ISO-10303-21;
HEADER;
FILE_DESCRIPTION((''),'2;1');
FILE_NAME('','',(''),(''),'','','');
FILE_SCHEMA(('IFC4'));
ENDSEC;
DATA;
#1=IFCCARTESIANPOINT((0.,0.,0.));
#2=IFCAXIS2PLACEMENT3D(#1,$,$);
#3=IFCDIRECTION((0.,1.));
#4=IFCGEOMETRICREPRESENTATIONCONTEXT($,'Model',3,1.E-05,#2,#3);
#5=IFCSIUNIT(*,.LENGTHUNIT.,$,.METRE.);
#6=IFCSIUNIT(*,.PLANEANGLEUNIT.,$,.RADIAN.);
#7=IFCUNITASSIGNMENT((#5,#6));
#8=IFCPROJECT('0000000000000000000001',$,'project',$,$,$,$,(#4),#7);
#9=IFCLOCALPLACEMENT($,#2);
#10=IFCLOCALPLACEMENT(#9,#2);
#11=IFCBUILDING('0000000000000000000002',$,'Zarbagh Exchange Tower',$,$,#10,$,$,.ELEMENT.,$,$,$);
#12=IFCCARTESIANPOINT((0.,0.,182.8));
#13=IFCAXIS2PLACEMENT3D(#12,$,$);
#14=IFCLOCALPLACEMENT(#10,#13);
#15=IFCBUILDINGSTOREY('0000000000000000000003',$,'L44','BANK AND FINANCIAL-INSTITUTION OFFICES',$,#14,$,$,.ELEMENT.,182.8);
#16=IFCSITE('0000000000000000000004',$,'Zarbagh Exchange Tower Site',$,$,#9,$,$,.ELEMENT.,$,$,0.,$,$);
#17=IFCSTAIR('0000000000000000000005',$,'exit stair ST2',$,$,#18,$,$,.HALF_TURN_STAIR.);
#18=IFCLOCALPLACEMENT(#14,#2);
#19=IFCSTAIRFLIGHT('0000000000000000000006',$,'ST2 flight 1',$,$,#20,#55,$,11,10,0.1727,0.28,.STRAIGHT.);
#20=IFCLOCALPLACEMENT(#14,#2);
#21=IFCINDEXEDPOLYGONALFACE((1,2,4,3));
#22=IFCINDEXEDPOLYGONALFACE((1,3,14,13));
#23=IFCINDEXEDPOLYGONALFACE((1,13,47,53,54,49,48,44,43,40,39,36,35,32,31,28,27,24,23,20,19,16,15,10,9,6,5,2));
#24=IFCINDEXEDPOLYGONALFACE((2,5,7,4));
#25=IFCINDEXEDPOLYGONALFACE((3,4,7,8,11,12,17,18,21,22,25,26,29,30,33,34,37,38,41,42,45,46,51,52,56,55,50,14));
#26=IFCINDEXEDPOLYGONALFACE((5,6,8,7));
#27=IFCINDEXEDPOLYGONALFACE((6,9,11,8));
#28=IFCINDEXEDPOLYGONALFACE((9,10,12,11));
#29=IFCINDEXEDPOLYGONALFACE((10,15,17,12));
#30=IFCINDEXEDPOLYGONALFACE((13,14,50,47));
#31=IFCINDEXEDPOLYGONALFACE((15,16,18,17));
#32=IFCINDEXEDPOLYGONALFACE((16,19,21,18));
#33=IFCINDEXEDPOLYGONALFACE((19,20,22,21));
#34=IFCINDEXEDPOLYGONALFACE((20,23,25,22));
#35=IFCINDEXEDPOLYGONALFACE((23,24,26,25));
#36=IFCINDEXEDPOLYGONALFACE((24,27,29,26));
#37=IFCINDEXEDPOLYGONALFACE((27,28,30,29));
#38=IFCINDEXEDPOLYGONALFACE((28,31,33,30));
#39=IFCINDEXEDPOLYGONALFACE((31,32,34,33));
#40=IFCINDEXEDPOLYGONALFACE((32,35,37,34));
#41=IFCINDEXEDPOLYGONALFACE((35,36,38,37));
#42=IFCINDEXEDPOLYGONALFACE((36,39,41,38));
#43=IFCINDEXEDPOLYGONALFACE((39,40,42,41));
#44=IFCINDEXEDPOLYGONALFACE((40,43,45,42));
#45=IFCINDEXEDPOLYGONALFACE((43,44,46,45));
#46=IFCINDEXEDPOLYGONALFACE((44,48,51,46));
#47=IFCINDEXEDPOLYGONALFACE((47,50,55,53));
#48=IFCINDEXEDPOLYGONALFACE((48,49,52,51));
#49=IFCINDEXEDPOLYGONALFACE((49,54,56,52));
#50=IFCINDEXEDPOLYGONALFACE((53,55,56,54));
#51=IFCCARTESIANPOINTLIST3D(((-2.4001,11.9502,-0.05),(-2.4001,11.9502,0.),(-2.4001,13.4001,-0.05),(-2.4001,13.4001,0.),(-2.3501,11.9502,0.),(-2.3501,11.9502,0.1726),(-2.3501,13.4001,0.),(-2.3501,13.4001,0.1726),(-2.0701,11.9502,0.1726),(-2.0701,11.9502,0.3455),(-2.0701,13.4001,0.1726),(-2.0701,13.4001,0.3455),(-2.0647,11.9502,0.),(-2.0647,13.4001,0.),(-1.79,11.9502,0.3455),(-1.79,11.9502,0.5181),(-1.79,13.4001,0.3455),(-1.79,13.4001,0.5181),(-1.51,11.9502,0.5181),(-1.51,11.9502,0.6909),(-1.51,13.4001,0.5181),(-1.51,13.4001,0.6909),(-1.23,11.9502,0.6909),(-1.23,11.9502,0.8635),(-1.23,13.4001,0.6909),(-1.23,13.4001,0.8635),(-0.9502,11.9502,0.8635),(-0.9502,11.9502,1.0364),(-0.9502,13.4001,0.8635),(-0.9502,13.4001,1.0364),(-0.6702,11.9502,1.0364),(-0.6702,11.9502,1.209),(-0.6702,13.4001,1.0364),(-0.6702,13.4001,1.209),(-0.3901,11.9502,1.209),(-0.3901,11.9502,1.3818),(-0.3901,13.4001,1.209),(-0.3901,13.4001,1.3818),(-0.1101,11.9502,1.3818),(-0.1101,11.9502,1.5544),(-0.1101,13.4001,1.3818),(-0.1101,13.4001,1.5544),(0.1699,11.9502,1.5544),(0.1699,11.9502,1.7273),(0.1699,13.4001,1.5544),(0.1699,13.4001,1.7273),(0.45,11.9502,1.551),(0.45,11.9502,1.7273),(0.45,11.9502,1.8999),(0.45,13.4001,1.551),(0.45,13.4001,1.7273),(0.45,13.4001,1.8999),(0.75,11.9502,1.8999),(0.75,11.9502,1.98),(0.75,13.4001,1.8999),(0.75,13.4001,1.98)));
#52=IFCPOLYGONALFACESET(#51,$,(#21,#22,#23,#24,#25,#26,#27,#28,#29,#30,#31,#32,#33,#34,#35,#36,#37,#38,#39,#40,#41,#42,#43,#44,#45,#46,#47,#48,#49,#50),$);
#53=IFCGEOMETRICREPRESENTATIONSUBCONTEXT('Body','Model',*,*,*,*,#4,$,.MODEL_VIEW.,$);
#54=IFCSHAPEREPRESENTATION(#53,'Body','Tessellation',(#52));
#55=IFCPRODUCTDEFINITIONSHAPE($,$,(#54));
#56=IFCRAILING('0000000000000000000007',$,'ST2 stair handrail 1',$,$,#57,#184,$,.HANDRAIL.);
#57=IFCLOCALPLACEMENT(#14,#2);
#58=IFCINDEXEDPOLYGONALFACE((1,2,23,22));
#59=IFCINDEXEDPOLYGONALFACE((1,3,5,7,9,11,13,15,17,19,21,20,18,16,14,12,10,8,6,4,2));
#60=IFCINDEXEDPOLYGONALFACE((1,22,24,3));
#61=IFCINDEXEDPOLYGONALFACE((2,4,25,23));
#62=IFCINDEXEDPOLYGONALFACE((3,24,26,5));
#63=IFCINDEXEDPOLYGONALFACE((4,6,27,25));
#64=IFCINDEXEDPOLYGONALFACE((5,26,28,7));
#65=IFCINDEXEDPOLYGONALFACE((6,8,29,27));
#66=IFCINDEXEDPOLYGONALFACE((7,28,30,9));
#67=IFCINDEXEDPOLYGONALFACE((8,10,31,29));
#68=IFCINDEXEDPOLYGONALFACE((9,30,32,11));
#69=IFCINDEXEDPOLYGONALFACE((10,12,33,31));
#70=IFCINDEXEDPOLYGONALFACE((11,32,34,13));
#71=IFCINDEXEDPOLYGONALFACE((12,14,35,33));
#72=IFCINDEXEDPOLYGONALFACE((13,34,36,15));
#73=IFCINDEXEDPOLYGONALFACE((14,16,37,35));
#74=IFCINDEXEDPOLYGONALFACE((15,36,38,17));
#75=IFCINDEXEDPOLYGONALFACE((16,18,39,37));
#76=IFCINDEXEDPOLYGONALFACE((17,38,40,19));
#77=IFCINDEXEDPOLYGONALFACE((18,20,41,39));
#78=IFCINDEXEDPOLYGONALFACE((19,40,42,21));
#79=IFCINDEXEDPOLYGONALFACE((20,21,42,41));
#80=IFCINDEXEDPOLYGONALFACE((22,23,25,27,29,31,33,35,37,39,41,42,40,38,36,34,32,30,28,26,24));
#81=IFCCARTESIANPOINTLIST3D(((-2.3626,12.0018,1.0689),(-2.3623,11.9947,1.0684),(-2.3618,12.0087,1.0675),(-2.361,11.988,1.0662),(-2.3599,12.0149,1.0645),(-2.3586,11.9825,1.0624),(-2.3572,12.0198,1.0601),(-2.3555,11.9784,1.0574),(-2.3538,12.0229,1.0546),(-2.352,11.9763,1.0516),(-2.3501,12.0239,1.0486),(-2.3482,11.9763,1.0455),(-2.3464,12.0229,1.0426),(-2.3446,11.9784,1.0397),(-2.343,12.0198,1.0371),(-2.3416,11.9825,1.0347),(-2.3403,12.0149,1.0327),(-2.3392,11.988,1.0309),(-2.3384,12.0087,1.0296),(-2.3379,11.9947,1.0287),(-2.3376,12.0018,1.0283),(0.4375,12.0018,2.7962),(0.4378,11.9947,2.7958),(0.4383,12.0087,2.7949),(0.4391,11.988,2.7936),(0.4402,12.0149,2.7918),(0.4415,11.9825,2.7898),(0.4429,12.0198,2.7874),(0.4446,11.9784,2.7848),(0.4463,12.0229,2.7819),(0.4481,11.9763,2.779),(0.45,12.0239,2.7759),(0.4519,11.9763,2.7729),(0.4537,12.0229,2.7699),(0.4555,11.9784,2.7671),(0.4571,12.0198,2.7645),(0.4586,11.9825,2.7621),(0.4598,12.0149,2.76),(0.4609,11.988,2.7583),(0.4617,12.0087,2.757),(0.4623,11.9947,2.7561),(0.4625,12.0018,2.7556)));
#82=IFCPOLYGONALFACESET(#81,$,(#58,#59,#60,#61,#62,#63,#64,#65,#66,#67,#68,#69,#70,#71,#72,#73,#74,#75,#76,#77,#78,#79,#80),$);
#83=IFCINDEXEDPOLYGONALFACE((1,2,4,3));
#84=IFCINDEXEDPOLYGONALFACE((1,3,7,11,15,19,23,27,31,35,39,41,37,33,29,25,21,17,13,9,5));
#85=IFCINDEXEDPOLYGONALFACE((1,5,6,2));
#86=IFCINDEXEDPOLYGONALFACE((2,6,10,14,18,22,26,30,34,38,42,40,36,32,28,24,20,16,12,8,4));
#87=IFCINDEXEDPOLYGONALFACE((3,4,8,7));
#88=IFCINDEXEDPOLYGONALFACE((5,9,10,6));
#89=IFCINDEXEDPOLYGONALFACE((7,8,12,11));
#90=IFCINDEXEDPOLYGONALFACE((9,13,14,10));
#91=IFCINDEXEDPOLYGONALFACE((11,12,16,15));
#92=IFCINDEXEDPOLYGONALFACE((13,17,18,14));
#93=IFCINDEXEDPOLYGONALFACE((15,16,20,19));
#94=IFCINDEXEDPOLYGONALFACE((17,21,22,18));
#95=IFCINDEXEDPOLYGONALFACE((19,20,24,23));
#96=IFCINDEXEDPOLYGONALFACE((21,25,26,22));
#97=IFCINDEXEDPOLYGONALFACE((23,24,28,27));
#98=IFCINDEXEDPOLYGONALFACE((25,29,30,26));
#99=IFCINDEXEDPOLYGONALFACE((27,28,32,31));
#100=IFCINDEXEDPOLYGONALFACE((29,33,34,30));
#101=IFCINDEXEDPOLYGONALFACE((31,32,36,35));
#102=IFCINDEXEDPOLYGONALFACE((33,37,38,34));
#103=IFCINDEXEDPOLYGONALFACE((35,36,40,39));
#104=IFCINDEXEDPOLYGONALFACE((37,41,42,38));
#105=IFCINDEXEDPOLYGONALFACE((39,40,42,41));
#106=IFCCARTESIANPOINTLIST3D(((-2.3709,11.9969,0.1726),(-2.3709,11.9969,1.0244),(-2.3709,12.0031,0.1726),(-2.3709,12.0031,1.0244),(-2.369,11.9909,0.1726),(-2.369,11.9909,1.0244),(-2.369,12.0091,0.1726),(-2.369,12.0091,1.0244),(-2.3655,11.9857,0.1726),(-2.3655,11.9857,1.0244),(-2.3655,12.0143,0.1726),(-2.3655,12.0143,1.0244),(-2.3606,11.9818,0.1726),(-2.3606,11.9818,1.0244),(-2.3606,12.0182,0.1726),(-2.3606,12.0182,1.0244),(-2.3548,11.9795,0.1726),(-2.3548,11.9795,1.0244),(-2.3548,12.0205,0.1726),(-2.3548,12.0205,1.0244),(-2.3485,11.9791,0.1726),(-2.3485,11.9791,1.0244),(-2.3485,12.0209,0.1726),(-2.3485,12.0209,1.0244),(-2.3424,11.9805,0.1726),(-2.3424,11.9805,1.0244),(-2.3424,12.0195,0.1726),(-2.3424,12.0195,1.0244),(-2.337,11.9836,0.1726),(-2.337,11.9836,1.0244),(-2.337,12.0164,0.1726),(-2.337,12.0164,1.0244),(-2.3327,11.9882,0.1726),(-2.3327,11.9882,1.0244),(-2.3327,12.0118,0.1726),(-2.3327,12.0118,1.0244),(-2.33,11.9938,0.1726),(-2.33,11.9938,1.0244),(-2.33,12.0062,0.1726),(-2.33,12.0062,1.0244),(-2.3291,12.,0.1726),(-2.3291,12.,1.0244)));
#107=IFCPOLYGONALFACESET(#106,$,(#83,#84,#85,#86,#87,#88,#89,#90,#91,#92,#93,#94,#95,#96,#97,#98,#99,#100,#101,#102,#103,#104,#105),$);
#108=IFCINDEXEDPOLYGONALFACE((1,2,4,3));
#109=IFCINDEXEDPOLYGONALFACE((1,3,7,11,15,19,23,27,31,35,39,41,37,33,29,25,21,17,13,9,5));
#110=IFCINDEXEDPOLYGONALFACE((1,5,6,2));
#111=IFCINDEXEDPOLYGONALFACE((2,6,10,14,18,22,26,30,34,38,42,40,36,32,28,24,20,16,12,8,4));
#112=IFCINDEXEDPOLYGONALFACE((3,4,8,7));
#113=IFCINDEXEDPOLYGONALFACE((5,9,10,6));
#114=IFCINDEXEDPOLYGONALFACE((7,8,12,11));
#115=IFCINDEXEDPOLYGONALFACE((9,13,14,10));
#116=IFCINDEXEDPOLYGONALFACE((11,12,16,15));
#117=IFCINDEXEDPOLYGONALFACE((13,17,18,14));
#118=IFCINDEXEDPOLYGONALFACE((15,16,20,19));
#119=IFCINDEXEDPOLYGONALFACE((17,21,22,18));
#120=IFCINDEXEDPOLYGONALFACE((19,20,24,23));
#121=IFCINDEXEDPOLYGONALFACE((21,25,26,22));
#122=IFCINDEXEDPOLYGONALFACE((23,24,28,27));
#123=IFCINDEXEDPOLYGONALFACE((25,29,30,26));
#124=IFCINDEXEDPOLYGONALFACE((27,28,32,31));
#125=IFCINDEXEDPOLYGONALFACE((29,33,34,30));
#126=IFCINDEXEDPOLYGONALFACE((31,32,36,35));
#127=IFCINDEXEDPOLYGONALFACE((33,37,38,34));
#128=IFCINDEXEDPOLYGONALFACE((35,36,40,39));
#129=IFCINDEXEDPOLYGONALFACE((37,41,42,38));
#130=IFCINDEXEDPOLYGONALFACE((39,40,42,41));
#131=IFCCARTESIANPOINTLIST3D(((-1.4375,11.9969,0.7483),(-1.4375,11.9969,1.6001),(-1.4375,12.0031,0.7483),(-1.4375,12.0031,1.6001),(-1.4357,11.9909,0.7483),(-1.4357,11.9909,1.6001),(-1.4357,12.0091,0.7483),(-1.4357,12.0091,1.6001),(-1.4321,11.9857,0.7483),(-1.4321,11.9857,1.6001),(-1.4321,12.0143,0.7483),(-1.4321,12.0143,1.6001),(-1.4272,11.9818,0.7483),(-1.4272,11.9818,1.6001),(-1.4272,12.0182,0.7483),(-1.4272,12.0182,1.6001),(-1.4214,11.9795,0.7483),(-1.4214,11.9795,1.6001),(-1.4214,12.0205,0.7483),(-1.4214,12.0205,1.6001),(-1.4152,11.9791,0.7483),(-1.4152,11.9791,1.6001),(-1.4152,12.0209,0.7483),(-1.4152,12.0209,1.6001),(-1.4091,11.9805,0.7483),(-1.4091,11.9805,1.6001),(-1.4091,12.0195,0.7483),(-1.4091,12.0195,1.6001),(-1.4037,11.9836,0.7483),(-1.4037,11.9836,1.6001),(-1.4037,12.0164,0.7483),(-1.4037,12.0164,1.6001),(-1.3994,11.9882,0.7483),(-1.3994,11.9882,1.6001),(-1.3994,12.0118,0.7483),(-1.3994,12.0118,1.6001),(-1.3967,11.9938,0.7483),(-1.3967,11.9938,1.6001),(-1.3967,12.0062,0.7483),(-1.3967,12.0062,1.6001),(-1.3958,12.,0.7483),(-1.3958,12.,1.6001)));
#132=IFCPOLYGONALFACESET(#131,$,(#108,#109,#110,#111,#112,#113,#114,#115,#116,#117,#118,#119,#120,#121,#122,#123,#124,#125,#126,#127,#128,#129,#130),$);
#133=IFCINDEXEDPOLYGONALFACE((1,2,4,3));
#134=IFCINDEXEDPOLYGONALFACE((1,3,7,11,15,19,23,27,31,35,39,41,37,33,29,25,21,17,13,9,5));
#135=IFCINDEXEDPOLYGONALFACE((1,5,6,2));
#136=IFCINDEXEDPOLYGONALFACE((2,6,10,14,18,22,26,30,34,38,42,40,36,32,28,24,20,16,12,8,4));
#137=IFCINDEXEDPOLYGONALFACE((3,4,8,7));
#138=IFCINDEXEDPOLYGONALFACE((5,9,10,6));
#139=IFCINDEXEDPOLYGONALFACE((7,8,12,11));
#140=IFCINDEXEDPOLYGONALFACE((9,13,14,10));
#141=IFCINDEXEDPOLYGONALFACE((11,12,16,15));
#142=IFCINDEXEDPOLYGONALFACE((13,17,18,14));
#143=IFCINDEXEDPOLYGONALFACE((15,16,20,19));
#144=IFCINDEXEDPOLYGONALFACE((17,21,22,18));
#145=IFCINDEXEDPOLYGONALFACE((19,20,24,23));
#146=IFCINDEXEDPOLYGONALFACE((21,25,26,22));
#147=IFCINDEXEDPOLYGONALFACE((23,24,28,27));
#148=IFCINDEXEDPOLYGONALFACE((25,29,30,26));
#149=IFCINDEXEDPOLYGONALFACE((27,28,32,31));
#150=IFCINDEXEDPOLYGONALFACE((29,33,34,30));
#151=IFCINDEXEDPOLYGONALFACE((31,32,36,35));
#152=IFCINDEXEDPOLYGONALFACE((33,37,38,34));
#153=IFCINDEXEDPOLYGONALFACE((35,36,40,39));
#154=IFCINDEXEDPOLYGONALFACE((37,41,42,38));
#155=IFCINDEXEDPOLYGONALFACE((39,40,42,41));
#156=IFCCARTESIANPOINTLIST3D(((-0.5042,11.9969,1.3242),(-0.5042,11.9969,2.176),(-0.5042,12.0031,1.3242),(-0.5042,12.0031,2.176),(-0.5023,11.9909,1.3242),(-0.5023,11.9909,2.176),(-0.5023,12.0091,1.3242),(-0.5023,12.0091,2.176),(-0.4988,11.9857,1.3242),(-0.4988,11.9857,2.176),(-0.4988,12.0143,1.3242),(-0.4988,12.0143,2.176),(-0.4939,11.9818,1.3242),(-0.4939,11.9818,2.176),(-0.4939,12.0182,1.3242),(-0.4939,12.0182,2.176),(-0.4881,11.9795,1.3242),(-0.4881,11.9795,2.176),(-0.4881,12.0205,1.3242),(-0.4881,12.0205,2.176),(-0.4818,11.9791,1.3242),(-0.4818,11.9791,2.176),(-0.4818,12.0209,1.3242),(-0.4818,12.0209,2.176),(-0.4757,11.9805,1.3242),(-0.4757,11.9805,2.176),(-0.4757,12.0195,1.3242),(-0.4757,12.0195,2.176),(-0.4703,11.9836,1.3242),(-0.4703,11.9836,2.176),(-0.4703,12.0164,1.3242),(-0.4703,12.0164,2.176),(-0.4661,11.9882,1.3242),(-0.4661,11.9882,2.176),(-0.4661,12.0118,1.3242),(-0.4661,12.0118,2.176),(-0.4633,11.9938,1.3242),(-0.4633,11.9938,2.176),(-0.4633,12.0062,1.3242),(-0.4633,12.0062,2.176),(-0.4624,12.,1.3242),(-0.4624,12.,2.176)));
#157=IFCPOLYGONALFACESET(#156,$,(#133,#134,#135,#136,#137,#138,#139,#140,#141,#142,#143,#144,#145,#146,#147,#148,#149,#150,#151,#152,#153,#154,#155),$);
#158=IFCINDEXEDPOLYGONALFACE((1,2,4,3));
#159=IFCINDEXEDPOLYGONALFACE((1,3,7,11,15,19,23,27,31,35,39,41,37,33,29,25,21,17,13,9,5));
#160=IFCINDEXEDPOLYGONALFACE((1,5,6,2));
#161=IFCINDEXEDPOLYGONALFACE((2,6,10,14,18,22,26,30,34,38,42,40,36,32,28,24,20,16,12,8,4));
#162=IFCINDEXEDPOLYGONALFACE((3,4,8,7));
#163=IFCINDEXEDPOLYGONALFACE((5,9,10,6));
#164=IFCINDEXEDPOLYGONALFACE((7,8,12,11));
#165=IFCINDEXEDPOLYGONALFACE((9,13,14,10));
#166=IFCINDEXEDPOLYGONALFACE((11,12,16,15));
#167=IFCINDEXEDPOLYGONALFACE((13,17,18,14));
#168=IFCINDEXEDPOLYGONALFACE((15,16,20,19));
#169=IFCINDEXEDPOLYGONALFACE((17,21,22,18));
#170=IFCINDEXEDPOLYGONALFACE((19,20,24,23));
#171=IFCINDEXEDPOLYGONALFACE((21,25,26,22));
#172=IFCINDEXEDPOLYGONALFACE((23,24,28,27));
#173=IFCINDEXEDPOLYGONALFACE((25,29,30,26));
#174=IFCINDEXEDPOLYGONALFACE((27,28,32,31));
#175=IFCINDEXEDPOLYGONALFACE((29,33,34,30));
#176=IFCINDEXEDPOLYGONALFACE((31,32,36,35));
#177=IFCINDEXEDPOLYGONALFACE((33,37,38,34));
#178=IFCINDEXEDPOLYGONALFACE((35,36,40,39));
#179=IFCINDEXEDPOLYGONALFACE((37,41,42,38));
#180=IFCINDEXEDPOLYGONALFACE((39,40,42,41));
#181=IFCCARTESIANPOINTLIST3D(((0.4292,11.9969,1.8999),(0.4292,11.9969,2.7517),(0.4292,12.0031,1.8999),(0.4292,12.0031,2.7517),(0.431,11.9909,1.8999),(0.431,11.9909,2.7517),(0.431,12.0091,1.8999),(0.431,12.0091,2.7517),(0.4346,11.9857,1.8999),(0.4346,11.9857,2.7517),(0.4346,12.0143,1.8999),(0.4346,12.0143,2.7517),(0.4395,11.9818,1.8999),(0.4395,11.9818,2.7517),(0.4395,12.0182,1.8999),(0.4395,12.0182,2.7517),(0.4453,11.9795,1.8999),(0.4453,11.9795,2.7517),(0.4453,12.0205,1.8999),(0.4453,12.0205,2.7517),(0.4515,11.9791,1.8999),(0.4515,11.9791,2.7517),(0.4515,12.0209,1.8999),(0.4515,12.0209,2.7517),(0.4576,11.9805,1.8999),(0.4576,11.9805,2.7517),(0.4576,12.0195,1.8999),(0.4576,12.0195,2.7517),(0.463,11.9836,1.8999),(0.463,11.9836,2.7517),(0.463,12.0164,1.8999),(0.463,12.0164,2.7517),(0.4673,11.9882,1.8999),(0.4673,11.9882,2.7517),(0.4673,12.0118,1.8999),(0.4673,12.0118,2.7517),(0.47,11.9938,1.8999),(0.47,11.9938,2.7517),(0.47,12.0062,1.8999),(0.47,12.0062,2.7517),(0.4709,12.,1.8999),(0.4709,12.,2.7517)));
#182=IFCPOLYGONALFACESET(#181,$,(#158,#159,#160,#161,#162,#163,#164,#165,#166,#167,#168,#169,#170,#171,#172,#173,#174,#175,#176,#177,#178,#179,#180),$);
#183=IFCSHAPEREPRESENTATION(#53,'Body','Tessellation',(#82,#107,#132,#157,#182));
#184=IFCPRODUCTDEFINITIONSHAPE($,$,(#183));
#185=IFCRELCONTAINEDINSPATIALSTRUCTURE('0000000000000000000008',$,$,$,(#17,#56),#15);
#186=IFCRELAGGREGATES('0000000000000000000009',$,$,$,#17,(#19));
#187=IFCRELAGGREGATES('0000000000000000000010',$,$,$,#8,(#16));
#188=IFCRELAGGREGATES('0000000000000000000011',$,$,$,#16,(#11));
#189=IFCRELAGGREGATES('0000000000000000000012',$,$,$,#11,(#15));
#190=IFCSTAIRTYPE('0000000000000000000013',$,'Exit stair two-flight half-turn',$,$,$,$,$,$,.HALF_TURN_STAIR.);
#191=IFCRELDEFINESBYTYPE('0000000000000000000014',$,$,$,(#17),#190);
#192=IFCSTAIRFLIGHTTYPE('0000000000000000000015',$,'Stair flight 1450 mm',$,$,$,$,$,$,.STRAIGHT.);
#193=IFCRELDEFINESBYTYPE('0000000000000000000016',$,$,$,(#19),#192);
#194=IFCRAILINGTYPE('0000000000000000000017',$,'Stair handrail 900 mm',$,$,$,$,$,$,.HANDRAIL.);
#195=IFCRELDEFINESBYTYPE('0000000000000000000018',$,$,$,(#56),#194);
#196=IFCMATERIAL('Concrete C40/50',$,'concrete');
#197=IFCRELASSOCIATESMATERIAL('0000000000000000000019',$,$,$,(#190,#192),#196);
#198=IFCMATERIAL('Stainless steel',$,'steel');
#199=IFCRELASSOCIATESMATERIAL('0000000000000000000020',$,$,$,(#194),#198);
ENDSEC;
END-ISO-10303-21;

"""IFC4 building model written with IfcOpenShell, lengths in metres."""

from ifc_helpers import new_model, si_unit, direction, frame, origin, origin_2d, place, context, subcontext, project, spatial, polyline, circle, outline, extrude, material, type_object, element, aggregate, save


model = new_model("IFC4")

# Units and contexts
model_context = context("Model", 3, precision=1e-05, world=origin(), true_north=direction((0.0, 1.0)))
body_context = subcontext(model_context, "Body", "Model", "MODEL_VIEW")
ifc_project = project(units=[si_unit("LENGTHUNIT", "METRE"), si_unit("PLANEANGLEUNIT", "RADIAN")], contexts=[model_context])

# Site, building, storey
site_placement = place(None, origin())
site = spatial("IfcSite", under=ifc_project, at=site_placement, Name="Zarbagh Exchange Tower Site", CompositionType="ELEMENT", RefElevation=0.0)
building_placement = place(site_placement, origin())
building = spatial("IfcBuilding", under=site, at=building_placement, Name="Zarbagh Exchange Tower", CompositionType="ELEMENT")
storey_placement = place(building_placement, frame((0.0, 0.0, 182.8)))
storey = spatial("IfcBuildingStorey", under=building, at=storey_placement, Name="L44", Description="BANK AND FINANCIAL-INSTITUTION OFFICES", CompositionType="ELEMENT", Elevation=182.8)

# Shared definitions
ifc_material_1 = material(Name="Concrete C40/50", Category="concrete")

# Stair, stair flight
stair_type = type_object("IfcStairType", Name="Exit stair two-flight half-turn", PredefinedType="HALF_TURN_STAIR", material=ifc_material_1)
stair_placement = place(storey_placement, origin())
stair = element("IfcStair", 1, at=stair_placement, inside=storey, type_object=stair_type, Name="exit stair ST2", PredefinedType="HALF_TURN_STAIR")
stair_flight_type = type_object("IfcStairFlightType", Name="Stair flight 1450 mm", PredefinedType="STRAIGHT", material=ifc_material_1)
stair_flight_placement = place(storey_placement, frame((-2.3501, 12.675, 0.0), z_axis=(0.0, 0.0, 1.0), x_axis=(1.0, 0.0, 0.0)))
stair_flight = element("IfcStairFlight", 2, at=stair_flight_placement, type_object=stair_flight_type, Name="ST2 flight 1", NumberOfRisers=11, NumberOfTreads=10, PredefinedType="STRAIGHT", RiserHeight=0.1727, TreadLength=0.28, context=body_context, shape_type="SweptSolid", body=[
    extrude(outline(polyline([(-0.05, -0.05), (-0.05, 0.0), (0.0, 0.0), (0.0, 0.1726), (0.28, 0.1726), (0.28, 0.3455), (0.5601, 0.3455), (0.5601, 0.5181), (0.8401, 0.5181), (0.8401, 0.6909), (1.1201, 0.6909), (1.1201, 0.8635), (1.3999, 0.8635), (1.3999, 1.0364), (1.6799, 1.0364), (1.6799, 1.209), (1.96, 1.209), (1.96, 1.3818), (2.24, 1.3818), (2.24, 1.5544), (2.52, 1.5544), (2.52, 1.7273), (2.8, 1.7273), (2.8, 1.8999), (3.1001, 1.98), (3.1001, 1.8999), (2.8, 1.551), (0.2854, 0.0), (-0.05, -0.05)])), frame((0.0, 0.7251, 0.0), z_axis=(0.0, -1.0, 0.0), x_axis=(1.0, 0.0, 0.0)), (0.0, 0.0, 1.0), 1.45),
])
aggregate(stair, [stair_flight])

# Railing
ifc_material_2 = material(Name="Stainless steel", Category="steel")
railing_type = type_object("IfcRailingType", Name="Stair handrail 900 mm", PredefinedType="HANDRAIL", material=ifc_material_2)
railing_placement = place(storey_placement, frame((-2.3501, 12.0, 0.1726)))
element("IfcRailing", 3, at=railing_placement, inside=storey, type_object=railing_type, Name="ST2 stair handrail 1", PredefinedType="HANDRAIL", context=body_context, shape_type="SweptSolid", body=[
    extrude(circle(Radius=0.0239, at=origin_2d()), frame((0.0, 0.0, 0.876), z_axis=(0.85109, 0.0, 0.52502), x_axis=(0.0, 1.0, 0.0)), (0.0, 0.0, 1.0), 3.29),
    extrude(circle(Radius=0.021, at=origin_2d()), origin(), (0.0, 0.0, 1.0), 0.8518),
    extrude(circle(Radius=0.021, at=origin_2d()), frame((0.9333, 0.0, 0.5757)), (0.0, 0.0, 1.0), 0.8518),
    extrude(circle(Radius=0.021, at=origin_2d()), frame((1.8667, 0.0, 1.1516)), (0.0, 0.0, 1.0), 0.8518),
    extrude(circle(Radius=0.021, at=origin_2d()), frame((2.8, 0.0, 1.7273)), (0.0, 0.0, 1.0), 0.8518),
])

save(model, "model.ifc")
